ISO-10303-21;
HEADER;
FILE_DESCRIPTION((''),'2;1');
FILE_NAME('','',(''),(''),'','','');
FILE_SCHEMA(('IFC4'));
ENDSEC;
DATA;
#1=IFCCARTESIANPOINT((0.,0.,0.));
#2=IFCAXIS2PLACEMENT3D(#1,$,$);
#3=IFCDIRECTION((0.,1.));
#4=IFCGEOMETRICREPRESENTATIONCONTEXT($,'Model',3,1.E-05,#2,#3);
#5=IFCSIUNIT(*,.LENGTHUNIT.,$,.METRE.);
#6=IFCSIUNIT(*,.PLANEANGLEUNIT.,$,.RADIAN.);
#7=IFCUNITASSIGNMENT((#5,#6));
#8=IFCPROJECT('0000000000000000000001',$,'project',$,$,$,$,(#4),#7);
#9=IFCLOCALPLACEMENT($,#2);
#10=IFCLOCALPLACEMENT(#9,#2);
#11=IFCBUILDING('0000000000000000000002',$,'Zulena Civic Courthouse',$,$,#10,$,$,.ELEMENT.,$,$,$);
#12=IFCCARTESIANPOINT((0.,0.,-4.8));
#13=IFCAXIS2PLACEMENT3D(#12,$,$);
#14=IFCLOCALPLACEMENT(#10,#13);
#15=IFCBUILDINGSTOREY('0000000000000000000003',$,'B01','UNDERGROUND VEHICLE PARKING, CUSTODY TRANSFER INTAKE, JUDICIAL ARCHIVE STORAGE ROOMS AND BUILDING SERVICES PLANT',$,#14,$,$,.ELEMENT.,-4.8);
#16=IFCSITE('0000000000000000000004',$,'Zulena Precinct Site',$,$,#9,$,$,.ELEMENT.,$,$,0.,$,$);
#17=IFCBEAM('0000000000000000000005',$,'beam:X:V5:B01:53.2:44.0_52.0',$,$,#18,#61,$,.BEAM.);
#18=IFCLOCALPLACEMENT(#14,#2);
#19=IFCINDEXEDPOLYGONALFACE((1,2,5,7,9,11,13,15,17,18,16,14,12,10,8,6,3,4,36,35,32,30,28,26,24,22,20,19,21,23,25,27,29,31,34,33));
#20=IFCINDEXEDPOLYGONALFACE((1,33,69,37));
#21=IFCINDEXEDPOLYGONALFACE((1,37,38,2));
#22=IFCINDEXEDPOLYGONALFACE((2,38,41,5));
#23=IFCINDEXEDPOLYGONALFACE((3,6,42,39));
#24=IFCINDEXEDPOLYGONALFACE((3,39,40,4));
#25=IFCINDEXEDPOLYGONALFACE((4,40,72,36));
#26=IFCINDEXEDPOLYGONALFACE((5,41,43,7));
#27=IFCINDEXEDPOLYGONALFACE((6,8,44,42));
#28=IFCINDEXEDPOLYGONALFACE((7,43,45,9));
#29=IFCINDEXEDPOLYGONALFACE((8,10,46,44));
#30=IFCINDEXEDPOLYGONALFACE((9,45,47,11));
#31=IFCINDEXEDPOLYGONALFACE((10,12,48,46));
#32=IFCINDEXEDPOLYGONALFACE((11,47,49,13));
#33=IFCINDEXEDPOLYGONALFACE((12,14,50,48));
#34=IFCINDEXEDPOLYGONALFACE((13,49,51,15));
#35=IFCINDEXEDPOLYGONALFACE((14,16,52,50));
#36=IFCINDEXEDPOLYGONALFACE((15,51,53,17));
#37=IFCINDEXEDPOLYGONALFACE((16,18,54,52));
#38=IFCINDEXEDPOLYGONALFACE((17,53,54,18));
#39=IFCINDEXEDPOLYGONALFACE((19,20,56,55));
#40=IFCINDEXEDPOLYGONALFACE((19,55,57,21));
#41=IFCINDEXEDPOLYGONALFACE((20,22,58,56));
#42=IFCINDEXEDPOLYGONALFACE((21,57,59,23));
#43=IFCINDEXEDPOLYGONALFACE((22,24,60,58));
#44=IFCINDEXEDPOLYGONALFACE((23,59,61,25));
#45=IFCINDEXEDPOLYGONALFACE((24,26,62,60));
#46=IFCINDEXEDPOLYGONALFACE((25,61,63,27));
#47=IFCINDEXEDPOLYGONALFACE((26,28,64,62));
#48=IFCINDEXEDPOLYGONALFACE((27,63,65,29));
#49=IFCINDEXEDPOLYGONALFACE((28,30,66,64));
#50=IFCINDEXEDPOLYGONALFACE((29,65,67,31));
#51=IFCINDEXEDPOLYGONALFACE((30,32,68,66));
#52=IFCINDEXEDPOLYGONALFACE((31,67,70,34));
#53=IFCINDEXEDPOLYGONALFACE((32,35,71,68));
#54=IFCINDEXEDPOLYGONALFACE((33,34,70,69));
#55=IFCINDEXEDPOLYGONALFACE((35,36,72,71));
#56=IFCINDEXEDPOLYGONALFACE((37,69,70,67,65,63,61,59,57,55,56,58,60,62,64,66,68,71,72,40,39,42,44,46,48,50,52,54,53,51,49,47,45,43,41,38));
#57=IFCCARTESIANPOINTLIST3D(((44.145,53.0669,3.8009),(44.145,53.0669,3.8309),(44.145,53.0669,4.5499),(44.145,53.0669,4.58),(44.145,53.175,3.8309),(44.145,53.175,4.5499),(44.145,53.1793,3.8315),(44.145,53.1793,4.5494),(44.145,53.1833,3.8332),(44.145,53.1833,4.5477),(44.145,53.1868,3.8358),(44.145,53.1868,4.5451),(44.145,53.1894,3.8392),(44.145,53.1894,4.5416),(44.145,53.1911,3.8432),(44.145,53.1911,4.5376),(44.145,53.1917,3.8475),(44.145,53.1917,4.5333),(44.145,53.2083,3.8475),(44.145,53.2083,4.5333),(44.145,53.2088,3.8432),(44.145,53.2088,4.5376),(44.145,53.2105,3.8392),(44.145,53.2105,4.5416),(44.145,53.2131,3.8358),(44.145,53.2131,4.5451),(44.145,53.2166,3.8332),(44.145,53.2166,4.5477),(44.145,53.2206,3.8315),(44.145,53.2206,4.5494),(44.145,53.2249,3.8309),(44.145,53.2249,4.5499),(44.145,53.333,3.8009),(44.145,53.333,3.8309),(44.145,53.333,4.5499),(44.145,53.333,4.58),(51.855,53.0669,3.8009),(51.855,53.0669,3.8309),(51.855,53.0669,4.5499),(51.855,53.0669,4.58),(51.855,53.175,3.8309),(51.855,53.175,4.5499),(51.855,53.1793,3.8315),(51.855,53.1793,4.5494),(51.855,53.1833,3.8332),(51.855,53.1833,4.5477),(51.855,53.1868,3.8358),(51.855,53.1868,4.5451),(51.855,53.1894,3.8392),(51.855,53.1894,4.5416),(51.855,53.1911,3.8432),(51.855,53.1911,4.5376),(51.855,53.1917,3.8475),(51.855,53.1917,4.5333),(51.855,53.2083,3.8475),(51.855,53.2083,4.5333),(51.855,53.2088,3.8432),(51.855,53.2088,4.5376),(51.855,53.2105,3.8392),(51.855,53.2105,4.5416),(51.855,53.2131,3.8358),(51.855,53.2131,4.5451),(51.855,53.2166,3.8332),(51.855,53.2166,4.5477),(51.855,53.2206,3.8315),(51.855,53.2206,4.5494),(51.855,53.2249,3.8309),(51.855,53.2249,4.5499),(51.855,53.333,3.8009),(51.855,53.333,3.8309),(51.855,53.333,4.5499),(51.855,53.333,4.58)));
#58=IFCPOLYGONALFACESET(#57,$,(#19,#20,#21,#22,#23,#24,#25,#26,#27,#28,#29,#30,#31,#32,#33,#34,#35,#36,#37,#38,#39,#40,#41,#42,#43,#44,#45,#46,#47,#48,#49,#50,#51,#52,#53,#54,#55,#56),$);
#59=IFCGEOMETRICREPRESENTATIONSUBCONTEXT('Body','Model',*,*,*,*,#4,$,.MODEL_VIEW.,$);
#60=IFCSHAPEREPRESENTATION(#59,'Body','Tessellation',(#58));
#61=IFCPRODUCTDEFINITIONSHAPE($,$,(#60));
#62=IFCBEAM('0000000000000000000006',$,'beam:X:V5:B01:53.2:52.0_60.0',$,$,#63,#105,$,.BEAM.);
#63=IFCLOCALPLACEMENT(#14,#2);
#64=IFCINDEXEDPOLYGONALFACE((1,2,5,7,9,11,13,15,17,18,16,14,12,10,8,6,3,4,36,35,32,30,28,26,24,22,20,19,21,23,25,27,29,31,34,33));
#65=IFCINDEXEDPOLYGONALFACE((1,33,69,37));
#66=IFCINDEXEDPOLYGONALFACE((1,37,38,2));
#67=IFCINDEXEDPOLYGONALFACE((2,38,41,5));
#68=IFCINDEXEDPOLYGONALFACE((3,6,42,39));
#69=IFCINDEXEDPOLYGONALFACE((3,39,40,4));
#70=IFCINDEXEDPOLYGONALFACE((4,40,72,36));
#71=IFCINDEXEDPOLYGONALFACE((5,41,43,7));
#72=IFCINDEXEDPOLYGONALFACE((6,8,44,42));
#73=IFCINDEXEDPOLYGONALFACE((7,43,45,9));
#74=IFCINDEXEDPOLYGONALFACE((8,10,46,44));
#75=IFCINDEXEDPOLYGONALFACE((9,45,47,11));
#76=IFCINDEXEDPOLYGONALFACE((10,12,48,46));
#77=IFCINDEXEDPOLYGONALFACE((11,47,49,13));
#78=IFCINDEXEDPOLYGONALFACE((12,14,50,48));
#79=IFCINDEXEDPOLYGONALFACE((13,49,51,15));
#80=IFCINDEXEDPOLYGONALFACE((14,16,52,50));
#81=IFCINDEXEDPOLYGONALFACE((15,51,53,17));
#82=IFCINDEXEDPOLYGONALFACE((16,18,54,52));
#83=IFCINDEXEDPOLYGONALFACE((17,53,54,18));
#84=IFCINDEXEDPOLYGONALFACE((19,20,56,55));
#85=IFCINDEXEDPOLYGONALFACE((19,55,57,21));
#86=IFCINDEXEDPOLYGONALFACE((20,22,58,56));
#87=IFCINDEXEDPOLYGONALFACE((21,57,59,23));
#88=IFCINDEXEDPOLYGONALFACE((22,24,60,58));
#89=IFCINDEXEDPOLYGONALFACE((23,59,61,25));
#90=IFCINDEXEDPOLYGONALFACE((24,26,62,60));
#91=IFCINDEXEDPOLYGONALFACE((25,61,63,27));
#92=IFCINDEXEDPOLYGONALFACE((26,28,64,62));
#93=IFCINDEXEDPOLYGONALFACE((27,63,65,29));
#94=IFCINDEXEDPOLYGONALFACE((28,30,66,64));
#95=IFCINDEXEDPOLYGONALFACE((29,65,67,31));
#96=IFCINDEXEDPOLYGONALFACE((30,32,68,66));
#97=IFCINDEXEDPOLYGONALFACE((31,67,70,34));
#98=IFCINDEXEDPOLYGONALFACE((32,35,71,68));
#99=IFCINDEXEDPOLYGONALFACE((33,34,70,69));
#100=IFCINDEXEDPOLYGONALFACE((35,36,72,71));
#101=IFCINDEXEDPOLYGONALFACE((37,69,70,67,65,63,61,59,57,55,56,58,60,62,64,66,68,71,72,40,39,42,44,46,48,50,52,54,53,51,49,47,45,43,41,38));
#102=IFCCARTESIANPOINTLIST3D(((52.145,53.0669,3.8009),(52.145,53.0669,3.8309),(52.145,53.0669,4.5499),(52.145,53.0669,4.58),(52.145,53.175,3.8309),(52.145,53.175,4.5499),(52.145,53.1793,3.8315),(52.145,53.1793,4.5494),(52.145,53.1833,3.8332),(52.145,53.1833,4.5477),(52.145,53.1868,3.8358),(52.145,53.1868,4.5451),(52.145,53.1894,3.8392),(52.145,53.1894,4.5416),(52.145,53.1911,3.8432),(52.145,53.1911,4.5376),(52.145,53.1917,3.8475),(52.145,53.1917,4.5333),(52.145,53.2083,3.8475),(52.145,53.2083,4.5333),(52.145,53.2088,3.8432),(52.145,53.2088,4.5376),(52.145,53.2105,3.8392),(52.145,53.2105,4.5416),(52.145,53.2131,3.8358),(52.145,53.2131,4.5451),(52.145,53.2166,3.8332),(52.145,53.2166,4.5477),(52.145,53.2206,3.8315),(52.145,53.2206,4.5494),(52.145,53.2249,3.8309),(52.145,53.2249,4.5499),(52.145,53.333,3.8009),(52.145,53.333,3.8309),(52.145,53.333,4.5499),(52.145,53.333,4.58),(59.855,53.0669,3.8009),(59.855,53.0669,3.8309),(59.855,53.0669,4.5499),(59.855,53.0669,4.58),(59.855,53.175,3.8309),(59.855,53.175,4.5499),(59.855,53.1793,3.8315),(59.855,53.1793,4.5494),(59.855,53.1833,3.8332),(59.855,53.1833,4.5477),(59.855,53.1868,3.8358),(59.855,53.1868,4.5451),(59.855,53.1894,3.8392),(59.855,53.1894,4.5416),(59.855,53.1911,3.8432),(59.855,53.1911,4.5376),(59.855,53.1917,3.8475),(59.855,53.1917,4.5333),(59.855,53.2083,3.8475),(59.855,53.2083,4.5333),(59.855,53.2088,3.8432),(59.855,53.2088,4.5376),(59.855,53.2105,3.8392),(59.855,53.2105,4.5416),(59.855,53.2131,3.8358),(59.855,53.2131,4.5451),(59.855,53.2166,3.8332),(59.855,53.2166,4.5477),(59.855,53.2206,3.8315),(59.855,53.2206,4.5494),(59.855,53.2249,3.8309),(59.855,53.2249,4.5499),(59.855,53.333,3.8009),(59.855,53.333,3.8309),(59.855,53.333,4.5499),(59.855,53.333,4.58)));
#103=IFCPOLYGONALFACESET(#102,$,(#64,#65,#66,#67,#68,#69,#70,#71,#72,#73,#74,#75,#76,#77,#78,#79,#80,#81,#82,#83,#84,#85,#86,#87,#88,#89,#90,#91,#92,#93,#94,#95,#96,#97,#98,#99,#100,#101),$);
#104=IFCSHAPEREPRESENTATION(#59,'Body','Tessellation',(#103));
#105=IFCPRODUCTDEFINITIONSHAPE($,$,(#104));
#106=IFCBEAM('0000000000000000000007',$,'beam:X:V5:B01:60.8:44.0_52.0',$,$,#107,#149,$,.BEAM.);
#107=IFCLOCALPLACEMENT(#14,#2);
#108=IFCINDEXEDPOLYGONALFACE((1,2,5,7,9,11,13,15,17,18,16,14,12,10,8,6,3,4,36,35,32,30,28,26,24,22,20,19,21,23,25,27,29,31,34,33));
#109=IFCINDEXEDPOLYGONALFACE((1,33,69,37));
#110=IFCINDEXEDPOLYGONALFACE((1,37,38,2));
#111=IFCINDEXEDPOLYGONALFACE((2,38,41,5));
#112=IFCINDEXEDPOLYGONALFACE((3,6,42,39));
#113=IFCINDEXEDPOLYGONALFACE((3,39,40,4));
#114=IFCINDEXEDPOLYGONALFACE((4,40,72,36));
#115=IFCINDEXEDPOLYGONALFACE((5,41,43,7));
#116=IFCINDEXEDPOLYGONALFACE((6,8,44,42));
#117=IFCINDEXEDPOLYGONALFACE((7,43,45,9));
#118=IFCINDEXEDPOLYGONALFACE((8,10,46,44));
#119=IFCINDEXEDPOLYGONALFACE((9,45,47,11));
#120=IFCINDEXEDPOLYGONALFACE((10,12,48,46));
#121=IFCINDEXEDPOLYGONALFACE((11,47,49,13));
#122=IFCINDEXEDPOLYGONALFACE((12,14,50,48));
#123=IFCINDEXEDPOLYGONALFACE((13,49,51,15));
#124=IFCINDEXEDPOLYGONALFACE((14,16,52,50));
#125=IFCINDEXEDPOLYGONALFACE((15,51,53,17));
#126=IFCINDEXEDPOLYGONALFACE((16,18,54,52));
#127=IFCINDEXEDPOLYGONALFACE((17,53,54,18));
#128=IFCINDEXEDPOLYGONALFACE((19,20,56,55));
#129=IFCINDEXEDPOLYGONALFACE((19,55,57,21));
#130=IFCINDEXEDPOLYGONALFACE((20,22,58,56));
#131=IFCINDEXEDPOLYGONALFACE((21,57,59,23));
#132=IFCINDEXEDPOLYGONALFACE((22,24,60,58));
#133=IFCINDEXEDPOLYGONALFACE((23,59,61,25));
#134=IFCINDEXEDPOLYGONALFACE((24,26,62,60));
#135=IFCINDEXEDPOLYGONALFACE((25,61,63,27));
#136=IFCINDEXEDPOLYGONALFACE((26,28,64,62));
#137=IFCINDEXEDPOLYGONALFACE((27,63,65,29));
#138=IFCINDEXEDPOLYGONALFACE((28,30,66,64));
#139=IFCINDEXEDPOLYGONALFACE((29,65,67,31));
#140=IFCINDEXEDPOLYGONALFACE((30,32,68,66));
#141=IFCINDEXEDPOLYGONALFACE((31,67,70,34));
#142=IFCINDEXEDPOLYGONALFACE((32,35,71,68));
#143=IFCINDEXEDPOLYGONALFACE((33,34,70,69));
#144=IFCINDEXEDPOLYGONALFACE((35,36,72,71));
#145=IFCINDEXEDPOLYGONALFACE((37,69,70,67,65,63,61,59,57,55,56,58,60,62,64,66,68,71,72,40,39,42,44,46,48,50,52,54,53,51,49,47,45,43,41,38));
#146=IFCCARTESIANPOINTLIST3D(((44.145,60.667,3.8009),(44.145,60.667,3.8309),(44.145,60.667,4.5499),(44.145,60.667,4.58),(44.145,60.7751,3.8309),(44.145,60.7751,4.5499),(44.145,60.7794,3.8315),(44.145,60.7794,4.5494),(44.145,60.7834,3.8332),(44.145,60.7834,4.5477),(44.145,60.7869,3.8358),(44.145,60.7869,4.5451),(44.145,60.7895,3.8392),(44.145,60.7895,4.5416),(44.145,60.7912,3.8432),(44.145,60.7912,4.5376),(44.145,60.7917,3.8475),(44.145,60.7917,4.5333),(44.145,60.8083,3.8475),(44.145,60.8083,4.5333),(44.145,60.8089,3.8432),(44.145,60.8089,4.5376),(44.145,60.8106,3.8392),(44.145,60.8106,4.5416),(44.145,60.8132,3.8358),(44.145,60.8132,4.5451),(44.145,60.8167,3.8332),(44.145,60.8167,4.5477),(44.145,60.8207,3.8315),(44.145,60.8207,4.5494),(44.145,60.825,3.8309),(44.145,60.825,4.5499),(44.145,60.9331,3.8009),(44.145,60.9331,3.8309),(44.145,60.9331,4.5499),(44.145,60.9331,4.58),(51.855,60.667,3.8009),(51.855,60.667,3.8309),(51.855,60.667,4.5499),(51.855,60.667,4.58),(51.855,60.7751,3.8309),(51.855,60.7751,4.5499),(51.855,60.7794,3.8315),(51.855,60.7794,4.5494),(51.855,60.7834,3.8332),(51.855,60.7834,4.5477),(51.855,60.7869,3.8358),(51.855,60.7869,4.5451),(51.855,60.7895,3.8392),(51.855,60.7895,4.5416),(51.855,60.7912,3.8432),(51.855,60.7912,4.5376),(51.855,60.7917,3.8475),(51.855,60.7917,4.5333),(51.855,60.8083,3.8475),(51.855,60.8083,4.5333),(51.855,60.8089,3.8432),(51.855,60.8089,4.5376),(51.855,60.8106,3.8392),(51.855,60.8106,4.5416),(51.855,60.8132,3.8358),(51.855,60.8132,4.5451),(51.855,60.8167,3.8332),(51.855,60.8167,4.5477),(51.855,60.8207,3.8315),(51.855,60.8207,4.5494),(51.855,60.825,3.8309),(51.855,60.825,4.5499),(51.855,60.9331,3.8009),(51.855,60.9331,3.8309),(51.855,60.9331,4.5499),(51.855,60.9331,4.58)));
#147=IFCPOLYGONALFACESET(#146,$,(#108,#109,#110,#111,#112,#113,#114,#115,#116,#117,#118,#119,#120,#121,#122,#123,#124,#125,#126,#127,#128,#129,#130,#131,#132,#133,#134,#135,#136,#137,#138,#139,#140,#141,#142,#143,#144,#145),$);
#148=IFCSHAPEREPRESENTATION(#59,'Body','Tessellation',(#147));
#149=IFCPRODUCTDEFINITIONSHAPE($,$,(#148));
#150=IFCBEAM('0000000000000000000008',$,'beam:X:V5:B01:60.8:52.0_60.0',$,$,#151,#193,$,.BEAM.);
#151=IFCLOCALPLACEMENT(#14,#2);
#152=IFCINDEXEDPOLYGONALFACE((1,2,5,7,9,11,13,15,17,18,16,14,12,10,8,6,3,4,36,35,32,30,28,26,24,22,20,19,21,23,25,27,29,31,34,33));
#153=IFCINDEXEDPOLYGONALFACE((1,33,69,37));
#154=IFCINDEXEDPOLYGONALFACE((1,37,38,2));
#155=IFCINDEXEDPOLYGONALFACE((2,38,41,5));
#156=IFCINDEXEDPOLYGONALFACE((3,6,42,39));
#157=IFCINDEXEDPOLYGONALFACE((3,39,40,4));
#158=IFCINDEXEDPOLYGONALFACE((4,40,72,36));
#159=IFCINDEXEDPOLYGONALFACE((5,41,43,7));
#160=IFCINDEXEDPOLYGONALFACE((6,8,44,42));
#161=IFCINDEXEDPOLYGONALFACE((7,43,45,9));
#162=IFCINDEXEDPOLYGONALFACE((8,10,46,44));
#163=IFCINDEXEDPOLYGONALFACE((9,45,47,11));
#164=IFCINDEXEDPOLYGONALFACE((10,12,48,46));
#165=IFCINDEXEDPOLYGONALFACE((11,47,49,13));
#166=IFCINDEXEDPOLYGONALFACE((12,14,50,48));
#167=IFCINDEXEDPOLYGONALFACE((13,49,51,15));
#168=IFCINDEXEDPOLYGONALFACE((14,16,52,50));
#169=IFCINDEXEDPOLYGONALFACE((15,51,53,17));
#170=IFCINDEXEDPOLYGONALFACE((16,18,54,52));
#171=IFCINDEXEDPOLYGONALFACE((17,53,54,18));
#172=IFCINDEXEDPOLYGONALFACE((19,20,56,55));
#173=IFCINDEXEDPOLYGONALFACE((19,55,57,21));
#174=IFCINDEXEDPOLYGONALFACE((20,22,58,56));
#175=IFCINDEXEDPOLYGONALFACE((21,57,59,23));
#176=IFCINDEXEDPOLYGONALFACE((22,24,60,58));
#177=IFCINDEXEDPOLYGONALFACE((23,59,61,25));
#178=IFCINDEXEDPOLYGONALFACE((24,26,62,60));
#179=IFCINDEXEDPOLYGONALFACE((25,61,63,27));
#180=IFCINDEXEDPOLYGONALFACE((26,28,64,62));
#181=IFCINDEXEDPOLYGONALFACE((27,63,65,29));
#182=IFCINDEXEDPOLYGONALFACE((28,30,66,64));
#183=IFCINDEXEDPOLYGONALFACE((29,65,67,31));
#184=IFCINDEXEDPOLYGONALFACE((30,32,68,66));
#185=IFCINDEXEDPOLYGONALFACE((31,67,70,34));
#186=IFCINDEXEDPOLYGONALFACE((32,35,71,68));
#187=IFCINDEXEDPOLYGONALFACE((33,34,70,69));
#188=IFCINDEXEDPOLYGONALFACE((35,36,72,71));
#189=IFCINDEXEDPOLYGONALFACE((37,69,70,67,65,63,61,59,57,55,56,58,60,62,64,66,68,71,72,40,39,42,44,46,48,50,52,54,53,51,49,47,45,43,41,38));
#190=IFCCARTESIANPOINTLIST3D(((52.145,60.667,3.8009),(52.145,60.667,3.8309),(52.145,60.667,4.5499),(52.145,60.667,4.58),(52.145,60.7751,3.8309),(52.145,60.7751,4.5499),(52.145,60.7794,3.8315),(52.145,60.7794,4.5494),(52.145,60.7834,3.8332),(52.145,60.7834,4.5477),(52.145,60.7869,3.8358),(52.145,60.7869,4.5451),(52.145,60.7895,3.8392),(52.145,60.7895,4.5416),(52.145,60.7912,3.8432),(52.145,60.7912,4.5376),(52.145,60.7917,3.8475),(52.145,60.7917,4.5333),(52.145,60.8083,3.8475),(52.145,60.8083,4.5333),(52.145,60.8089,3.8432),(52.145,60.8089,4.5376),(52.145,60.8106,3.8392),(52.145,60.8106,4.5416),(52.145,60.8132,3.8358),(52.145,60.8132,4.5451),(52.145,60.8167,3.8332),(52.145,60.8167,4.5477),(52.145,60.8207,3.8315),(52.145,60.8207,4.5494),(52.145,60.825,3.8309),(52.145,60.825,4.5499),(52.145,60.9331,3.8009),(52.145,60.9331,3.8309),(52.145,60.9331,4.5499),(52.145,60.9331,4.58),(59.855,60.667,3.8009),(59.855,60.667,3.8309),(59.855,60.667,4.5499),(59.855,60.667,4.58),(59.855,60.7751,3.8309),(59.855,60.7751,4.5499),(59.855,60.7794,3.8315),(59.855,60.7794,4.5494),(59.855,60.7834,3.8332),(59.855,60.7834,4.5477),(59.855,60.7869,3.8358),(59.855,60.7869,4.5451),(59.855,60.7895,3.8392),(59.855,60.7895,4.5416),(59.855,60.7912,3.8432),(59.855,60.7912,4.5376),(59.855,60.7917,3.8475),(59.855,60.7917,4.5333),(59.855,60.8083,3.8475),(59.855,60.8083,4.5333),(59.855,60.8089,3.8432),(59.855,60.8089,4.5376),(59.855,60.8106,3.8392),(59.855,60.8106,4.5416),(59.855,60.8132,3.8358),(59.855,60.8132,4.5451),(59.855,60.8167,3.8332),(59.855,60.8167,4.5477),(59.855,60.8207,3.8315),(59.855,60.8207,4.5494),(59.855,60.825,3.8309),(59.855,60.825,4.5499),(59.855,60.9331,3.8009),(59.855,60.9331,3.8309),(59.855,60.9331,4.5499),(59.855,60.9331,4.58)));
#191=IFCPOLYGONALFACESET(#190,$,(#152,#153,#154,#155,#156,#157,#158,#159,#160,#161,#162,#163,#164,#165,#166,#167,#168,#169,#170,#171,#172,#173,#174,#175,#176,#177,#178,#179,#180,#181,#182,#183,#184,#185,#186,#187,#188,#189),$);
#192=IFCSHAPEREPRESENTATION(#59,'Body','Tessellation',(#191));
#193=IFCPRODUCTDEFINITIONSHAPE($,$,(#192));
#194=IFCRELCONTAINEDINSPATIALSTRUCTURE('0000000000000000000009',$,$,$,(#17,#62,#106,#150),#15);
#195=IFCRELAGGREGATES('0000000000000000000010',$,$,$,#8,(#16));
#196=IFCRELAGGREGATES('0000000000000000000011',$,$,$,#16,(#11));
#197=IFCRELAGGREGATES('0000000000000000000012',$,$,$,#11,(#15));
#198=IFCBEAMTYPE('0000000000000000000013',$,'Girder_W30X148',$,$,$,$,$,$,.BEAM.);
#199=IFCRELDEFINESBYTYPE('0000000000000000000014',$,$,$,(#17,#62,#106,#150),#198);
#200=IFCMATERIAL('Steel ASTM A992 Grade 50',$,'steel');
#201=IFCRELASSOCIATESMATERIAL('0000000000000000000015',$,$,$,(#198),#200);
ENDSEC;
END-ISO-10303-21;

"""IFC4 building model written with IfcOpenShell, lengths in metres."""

from ifc_helpers import new_model, si_unit, direction, frame, origin, origin_2d, place, context, subcontext, project, spatial, i_section, extrude, material, material_profile, profile_set, type_object, element, save


model = new_model("IFC4")

# Units and contexts
model_context = context("Model", 3, precision=1e-05, world=origin(), true_north=direction((0.0, 1.0)))
body_context = subcontext(model_context, "Body", "Model", "MODEL_VIEW")
ifc_project = project(units=[si_unit("LENGTHUNIT", "METRE"), si_unit("PLANEANGLEUNIT", "RADIAN")], contexts=[model_context])

# Site, building, storey
site_placement = place(None, origin())
site = spatial("IfcSite", under=ifc_project, at=site_placement, Name="Zulena Precinct Site", CompositionType="ELEMENT", RefElevation=0.0)
building_placement = place(site_placement, origin())
building = spatial("IfcBuilding", under=site, at=building_placement, Name="Zulena Civic Courthouse", CompositionType="ELEMENT")
storey_placement = place(building_placement, frame((0.0, 0.0, -4.8)))
storey = spatial("IfcBuildingStorey", under=building, at=storey_placement, Name="B01", Description="UNDERGROUND VEHICLE PARKING, CUSTODY TRANSFER INTAKE, JUDICIAL ARCHIVE STORAGE ROOMS AND BUILDING SERVICES PLANT", CompositionType="ELEMENT", Elevation=-4.8)

# Shared definitions
ifc_material_1 = material(Name="Steel ASTM A992 Grade 50", Category="steel")

# Beams
ifc_material_profile_1 = material_profile(ifc_material_1, i_section(OverallWidth=0.2661, OverallDepth=0.7791, WebThickness=0.0166, FlangeThickness=0.03, FilletRadius=0.0166, at=origin_2d()), Name="W30X148")
ifc_profile_set_1 = profile_set([ifc_material_profile_1], Name="Steel ASTM A992 Grade 50")
beam_type_1 = type_object("IfcBeamType", Name="Girder_W30X148", PredefinedType="BEAM", material=ifc_profile_set_1)
for number, where, z_axis, x_axis, name in (
    (1, (44.145, 53.2, 4.1904), (1.0, 0.0, 0.0), (0.0, 1.0, 0.0), "beam:X:V5:B01:53.2:44.0_52.0"),
    (2, (52.145, 53.2, 4.1904), (1.0, 0.0, 0.0), (0.0, 1.0, 0.0), "beam:X:V5:B01:53.2:52.0_60.0"),
    (3, (44.145, 60.8, 4.1904), (1.0, 0.0, 0.0), (0.0, 1.0, 0.0), "beam:X:V5:B01:60.8:44.0_52.0"),
    (4, (52.145, 60.8, 4.1904), (1.0, 0.0, 0.0), (0.0, 1.0, 0.0), "beam:X:V5:B01:60.8:52.0_60.0"),
):
    element("IfcBeam", number, at=place(storey_placement, frame(where, z_axis=z_axis, x_axis=x_axis)), inside=storey, type_object=beam_type_1, Name=name, PredefinedType="BEAM", context=body_context, shape_type="SweptSolid", body=[
        extrude(i_section(OverallWidth=0.2661, OverallDepth=0.7791, WebThickness=0.0166, FlangeThickness=0.03, FilletRadius=0.0166, at=origin_2d()), origin(), (0.0, 0.0, 1.0), 7.71),
    ])

save(model, "model.ifc")
